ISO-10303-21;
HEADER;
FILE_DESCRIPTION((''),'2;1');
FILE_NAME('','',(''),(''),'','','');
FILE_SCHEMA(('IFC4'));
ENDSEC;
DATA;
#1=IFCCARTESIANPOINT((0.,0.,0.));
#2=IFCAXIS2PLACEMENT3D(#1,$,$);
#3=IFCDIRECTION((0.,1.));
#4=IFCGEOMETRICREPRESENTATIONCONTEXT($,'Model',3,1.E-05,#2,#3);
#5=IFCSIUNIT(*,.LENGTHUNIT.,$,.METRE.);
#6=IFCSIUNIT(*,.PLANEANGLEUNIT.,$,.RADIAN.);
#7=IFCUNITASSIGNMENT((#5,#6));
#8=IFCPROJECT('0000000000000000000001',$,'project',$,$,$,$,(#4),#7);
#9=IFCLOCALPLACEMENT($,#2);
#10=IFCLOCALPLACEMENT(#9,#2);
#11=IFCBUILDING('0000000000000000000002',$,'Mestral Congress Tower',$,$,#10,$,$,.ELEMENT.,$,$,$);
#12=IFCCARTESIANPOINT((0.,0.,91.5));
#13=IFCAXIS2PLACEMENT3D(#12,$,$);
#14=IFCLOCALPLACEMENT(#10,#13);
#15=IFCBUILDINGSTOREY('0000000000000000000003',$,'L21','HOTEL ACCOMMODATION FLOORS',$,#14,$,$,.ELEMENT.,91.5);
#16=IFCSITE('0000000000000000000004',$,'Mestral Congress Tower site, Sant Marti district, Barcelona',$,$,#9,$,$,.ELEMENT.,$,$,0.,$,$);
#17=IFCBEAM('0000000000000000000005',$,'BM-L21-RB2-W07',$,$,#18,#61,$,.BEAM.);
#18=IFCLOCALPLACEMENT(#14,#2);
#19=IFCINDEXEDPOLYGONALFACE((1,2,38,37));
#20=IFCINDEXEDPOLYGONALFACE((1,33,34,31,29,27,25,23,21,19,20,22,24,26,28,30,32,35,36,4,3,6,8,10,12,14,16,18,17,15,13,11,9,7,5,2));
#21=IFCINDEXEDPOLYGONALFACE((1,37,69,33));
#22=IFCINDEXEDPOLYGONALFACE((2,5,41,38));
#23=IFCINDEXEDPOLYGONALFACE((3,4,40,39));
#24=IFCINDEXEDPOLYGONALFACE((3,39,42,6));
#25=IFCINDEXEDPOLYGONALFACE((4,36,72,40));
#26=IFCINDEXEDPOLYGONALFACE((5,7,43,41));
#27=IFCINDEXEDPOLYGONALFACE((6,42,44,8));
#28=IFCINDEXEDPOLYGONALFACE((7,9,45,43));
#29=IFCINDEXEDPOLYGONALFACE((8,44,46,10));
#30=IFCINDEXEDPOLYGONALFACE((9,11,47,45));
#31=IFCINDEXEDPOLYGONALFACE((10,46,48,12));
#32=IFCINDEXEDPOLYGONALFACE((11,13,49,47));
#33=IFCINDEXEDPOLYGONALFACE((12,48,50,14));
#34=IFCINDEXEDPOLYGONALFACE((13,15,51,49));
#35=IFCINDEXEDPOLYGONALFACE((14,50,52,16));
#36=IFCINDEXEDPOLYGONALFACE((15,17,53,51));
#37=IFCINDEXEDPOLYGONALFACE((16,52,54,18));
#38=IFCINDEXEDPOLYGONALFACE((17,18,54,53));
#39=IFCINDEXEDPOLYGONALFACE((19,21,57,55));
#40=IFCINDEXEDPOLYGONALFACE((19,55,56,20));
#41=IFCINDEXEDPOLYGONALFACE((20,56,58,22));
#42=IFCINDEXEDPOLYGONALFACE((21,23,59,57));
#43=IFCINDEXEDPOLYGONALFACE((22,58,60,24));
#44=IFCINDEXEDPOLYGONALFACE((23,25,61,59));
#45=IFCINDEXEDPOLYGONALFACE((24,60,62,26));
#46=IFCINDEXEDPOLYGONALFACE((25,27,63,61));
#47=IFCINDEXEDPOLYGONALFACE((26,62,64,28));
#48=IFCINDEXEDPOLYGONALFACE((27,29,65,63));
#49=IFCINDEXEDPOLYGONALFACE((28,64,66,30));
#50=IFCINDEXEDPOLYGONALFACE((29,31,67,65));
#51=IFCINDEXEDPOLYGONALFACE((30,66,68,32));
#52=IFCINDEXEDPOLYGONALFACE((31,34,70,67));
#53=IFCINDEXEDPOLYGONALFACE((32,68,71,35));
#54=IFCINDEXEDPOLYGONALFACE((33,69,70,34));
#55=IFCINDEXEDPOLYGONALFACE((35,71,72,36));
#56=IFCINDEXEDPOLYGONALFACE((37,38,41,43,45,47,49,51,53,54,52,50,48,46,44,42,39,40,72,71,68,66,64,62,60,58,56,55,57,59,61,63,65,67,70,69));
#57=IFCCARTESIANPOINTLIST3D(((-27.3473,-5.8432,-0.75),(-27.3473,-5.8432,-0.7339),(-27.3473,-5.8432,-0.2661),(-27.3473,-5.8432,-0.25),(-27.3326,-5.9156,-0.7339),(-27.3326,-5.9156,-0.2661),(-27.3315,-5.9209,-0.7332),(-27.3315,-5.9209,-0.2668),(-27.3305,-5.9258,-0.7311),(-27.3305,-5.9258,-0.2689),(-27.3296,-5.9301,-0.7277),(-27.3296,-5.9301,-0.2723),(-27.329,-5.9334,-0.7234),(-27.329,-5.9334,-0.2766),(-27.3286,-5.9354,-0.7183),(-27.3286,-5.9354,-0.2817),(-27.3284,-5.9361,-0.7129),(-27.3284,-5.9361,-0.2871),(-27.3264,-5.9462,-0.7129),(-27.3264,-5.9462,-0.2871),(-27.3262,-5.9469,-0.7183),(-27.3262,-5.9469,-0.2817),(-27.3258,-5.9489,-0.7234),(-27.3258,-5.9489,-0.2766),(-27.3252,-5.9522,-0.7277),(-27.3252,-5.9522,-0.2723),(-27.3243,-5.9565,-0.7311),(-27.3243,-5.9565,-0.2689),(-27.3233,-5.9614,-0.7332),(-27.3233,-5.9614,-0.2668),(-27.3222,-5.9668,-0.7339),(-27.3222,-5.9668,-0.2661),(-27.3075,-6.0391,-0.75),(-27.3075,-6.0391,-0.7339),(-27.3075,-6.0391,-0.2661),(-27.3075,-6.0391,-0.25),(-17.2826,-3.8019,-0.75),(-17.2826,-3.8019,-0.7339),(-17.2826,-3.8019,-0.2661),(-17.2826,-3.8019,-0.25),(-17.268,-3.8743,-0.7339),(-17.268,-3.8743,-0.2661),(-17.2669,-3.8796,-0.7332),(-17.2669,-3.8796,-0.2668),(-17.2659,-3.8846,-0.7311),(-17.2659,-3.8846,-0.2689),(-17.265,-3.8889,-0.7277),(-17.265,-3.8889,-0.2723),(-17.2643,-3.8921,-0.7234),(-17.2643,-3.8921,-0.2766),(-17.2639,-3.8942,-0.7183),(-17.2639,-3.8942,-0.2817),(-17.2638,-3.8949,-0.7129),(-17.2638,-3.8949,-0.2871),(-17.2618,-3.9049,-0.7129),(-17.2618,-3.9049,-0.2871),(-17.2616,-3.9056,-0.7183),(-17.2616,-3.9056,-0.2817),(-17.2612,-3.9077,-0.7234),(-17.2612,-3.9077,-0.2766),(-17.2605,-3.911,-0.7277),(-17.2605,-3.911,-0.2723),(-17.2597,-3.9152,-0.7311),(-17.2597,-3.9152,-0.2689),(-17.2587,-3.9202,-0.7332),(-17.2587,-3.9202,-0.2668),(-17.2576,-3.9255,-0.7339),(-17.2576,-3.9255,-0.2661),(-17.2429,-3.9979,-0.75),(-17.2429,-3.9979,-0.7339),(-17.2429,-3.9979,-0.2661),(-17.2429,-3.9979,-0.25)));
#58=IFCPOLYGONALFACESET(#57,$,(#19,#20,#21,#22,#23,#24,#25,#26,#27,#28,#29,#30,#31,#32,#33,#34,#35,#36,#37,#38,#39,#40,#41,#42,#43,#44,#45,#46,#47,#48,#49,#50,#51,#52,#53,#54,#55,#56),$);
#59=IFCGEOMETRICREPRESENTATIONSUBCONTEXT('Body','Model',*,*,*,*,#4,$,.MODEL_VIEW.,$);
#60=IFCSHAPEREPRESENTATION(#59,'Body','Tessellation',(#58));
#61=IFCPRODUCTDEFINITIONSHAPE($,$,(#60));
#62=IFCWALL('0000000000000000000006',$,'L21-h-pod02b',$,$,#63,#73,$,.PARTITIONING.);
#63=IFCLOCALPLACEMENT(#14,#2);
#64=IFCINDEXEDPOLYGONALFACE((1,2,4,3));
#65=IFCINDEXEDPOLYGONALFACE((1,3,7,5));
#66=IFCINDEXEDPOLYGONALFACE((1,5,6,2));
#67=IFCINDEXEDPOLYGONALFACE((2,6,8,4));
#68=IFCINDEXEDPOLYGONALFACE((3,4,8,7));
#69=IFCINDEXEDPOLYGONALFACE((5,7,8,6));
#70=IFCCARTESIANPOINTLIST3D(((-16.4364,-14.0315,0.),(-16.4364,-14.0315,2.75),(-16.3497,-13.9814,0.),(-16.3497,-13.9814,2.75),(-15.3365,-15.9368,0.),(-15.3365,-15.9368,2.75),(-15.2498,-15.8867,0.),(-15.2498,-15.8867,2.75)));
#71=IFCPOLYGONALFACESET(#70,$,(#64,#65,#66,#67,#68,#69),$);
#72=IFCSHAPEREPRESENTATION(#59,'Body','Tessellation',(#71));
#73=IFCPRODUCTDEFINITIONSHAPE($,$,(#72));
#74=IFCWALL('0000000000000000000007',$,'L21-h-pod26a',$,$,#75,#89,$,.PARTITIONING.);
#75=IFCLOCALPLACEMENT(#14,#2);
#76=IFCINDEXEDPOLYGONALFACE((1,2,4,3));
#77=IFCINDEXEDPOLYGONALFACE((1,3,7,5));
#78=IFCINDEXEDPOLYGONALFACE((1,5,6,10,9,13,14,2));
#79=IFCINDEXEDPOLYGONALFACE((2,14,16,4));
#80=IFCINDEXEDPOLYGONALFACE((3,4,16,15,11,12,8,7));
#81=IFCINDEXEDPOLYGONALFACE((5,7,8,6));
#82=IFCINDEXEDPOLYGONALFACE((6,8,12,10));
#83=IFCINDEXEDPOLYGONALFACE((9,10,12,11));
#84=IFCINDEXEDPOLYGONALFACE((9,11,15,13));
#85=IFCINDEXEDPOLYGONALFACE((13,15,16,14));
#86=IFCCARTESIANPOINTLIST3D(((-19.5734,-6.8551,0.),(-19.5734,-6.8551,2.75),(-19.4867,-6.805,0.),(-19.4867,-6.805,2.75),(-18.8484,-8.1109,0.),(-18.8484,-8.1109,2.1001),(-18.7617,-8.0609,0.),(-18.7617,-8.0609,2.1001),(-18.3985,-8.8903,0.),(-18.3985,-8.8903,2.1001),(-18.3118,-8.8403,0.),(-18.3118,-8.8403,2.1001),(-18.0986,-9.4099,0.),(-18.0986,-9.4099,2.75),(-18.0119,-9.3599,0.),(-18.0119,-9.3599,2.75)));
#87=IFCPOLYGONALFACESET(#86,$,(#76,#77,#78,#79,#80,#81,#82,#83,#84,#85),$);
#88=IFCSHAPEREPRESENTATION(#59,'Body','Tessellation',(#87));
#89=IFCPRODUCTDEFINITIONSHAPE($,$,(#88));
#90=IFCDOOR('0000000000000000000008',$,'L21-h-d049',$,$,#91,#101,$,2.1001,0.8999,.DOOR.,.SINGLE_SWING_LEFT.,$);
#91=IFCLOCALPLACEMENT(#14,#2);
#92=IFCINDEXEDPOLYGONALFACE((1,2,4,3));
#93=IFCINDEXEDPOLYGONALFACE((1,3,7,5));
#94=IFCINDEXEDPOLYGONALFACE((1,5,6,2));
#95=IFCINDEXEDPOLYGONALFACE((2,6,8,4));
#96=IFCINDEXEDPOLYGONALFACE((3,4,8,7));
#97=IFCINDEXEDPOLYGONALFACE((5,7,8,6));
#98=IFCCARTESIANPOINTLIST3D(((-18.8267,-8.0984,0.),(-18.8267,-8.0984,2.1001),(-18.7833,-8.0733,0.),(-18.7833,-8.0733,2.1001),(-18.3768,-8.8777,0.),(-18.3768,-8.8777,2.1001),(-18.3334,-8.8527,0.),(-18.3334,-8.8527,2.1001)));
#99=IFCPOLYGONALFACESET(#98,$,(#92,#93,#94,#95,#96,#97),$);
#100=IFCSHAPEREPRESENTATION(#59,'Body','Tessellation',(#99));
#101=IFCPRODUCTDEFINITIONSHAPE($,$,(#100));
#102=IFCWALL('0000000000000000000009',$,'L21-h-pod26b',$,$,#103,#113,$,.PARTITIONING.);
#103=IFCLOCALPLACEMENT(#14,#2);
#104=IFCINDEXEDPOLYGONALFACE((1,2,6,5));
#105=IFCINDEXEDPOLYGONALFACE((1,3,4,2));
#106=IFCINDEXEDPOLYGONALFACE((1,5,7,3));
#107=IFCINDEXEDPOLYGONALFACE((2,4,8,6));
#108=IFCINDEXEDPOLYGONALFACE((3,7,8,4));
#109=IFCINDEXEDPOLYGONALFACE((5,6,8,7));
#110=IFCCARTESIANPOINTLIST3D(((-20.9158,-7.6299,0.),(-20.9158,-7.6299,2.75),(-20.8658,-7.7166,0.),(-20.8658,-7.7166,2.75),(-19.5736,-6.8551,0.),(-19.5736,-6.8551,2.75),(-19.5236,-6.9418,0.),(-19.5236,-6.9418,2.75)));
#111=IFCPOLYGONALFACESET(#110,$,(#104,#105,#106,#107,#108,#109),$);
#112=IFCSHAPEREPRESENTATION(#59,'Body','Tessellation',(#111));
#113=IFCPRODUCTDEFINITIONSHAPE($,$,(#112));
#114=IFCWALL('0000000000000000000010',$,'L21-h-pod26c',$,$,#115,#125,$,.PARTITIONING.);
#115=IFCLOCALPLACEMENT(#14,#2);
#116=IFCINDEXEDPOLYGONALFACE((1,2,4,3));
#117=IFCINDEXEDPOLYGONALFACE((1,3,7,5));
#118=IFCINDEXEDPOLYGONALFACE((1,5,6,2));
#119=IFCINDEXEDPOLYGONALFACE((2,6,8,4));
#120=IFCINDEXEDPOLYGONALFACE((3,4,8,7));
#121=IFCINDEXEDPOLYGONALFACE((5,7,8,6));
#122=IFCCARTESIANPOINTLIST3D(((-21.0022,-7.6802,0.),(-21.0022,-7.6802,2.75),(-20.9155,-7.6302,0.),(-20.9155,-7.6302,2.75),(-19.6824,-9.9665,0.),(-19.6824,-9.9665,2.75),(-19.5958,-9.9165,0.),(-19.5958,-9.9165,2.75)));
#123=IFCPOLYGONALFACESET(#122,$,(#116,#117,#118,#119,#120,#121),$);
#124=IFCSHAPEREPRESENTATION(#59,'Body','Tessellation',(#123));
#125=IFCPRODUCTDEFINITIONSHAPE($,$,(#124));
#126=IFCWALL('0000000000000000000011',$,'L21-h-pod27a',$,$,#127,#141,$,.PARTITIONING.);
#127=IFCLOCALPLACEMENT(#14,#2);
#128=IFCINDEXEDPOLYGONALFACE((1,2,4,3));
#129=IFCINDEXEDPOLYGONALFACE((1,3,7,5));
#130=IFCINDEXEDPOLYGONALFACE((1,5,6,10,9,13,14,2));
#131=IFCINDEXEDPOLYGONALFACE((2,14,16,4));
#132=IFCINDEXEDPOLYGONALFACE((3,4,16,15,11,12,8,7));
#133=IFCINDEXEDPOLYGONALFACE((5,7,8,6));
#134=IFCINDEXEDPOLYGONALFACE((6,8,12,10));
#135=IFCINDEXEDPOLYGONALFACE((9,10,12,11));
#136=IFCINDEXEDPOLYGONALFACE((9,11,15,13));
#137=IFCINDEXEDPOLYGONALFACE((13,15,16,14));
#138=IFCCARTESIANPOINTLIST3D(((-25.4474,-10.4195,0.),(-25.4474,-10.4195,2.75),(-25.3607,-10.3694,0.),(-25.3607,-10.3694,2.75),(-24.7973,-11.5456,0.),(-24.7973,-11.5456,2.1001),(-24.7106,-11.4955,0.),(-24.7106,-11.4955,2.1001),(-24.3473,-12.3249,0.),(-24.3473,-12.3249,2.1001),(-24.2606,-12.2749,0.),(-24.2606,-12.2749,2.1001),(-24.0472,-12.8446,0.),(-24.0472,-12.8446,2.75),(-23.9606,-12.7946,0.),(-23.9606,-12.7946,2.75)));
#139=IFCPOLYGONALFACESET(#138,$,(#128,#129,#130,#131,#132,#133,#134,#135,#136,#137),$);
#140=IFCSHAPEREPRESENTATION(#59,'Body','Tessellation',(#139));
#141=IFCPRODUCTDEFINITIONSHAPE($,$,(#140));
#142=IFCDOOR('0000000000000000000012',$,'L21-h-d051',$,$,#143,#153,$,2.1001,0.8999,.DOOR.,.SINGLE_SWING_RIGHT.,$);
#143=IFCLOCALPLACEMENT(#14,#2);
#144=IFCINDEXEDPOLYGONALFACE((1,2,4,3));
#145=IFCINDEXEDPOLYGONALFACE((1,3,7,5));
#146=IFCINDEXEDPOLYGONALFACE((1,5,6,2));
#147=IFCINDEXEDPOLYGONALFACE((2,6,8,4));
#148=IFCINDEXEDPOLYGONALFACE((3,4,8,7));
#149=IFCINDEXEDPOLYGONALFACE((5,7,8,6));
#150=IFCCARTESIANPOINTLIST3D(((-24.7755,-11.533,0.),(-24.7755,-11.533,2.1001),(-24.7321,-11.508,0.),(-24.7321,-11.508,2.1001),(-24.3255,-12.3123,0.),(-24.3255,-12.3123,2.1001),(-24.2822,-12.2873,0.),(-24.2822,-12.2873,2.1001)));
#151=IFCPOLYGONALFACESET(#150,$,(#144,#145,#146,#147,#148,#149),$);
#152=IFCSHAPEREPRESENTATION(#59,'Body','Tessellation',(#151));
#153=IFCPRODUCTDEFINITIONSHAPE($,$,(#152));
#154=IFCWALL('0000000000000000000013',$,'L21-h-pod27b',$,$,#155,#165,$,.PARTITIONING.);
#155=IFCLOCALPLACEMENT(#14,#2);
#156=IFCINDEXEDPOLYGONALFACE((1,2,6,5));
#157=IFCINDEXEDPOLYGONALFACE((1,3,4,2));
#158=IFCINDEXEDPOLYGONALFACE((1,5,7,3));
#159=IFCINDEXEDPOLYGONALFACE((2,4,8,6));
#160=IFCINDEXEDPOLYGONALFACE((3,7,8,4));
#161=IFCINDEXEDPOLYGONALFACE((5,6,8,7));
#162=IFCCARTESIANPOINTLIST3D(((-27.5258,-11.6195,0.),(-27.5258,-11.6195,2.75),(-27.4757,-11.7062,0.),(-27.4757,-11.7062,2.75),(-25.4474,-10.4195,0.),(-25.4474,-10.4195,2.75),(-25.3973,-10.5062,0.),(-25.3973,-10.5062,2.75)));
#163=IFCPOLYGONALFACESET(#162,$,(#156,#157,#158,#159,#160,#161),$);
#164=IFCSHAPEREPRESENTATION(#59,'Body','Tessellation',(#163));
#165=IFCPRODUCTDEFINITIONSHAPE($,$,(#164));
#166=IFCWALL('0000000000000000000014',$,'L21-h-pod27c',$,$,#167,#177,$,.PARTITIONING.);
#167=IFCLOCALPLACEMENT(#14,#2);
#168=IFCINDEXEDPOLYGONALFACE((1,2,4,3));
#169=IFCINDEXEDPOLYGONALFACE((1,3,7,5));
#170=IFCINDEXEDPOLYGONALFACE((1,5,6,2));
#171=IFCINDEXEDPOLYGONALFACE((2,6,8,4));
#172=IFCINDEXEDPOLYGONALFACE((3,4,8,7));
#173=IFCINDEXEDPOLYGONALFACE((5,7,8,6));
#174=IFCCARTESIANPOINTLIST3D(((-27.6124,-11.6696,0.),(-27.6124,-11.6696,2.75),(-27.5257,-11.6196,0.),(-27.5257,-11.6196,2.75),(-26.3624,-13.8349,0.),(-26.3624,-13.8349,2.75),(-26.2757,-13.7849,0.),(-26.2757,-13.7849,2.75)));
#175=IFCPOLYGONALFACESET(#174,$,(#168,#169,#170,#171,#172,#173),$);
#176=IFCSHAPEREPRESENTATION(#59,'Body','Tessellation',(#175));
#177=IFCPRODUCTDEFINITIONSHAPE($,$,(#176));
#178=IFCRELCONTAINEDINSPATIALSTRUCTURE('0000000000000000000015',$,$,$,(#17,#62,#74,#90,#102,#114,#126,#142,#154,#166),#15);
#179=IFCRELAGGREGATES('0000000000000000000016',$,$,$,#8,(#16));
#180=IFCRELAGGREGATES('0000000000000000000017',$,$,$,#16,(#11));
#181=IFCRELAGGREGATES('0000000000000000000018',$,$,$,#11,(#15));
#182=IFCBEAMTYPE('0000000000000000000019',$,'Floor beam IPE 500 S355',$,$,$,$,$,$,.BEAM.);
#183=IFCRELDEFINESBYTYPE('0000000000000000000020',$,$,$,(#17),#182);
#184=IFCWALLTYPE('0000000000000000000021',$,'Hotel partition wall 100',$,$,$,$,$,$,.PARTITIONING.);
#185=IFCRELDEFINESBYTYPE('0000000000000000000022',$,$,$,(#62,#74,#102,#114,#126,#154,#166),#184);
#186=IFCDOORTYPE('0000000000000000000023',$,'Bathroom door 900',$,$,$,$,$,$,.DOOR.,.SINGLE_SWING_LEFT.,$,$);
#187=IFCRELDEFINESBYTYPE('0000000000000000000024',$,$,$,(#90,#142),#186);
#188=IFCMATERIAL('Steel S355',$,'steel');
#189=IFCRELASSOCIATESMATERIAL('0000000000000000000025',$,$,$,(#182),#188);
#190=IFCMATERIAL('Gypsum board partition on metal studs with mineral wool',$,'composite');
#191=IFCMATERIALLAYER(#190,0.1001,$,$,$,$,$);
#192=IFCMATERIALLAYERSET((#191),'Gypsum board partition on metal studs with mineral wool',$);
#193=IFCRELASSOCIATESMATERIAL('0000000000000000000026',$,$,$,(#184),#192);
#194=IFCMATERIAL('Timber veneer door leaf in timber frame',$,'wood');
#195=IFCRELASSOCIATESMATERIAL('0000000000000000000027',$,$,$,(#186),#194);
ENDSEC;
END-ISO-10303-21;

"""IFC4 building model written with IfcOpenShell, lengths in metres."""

from ifc_helpers import new_model, si_unit, direction, frame, frame_2d, origin, origin_2d, place, context, subcontext, project, spatial, rectangle, i_section, extrude, material, layer, layer_set, material_profile, profile_set, type_object, element, fill, save


model = new_model("IFC4")

# Units and contexts
model_context = context("Model", 3, precision=1e-05, world=origin(), true_north=direction((0.0, 1.0)))
body_context = subcontext(model_context, "Body", "Model", "MODEL_VIEW")
ifc_project = project(units=[si_unit("LENGTHUNIT", "METRE"), si_unit("PLANEANGLEUNIT", "RADIAN")], contexts=[model_context])

# Site, building, storey
site_placement = place(None, origin())
site = spatial("IfcSite", under=ifc_project, at=site_placement, Name="Mestral Congress Tower site, Sant Marti district, Barcelona", CompositionType="ELEMENT", RefElevation=0.0)
building_placement = place(site_placement, origin())
building = spatial("IfcBuilding", under=site, at=building_placement, Name="Mestral Congress Tower", CompositionType="ELEMENT")
storey_placement = place(building_placement, frame((0.0, 0.0, 91.5)))
storey = spatial("IfcBuildingStorey", under=building, at=storey_placement, Name="L21", Description="HOTEL ACCOMMODATION FLOORS", CompositionType="ELEMENT", Elevation=91.5)

# Beam
ifc_material_1 = material(Name="Steel S355", Category="steel")
ifc_material_profile = material_profile(ifc_material_1, i_section(OverallWidth=0.2, OverallDepth=0.5, WebThickness=0.0103, FlangeThickness=0.0161, FilletRadius=0.021, at=origin_2d()), Name="IPE 500")
ifc_profile_set = profile_set([ifc_material_profile], Name="Steel S355")
beam_type = type_object("IfcBeamType", Name="Floor beam IPE 500 S355", PredefinedType="BEAM", material=ifc_profile_set)
beam_placement = place(storey_placement, frame((-27.3274, -5.9412, -0.5), z_axis=(0.980047, 0.198767, 0.0), x_axis=(-0.198767, 0.980047, 0.0)))
element("IfcBeam", 1, at=beam_placement, inside=storey, type_object=beam_type, Name="BM-L21-RB2-W07", PredefinedType="BEAM", context=body_context, shape_type="SweptSolid", body=[
    extrude(i_section(OverallWidth=0.2, OverallDepth=0.5, WebThickness=0.0103, FlangeThickness=0.0161, FilletRadius=0.021, at=origin_2d()), origin(), (0.0, 0.0, 1.0), 10.2695),
])

# Wall
ifc_material_2 = material(Name="Gypsum board partition on metal studs with mineral wool", Category="composite")
ifc_layer_1 = layer(ifc_material_2, 0.1001)
ifc_layer_set_1 = layer_set([ifc_layer_1], Name="Gypsum board partition on metal studs with mineral wool")
wall_type_1 = type_object("IfcWallType", Name="Hotel partition wall 100", PredefinedType="PARTITIONING", material=ifc_layer_set_1)
wall_1_placement = place(storey_placement, frame((-16.3931, -14.0063, 0.0), z_axis=(0.0, 0.0, 1.0), x_axis=(0.499947, -0.866056, 0.0)))
element("IfcWall", 2, at=wall_1_placement, inside=storey, type_object=wall_type_1, Name="L21-h-pod02b", PredefinedType="PARTITIONING", context=body_context, shape_type="SweptSolid", body=[
    extrude(rectangle(XDim=2.2, YDim=0.1001, at=frame_2d((1.1001, 0.0))), origin(), (0.0, 0.0, 1.0), 2.75),
])

# Wall, opening, door
wall_2_placement = place(storey_placement, frame((-18.0552, -9.385, 0.0), z_axis=(0.0, 0.0, 1.0), x_axis=(-0.49994, 0.86606, 0.0)))
wall_2 = element("IfcWall", 3, at=wall_2_placement, inside=storey, type_object=wall_type_1, Name="L21-h-pod26a", PredefinedType="PARTITIONING", context=body_context, shape_type="SweptSolid", body=[
    extrude(rectangle(XDim=2.95, YDim=0.1001, at=frame_2d((1.4751, 0.0))), origin(), (0.0, 0.0, 1.0), 2.75),
])
opening_1_placement = place(wall_2_placement, frame((0.6001, 0.0, 0.0)))
opening_1 = element("IfcOpeningElement", 4, at=opening_1_placement, cuts=wall_2, PredefinedType="OPENING", context=body_context, shape_type="SweptSolid", body=[
    extrude(rectangle(XDim=0.8999, YDim=2.1001, at=frame_2d((0.45, 1.05))), frame((0.0, 0.0601, 0.0), z_axis=(0.0, -1.0, 0.0), x_axis=(1.0, 0.0, 0.0)), (0.0, 0.0, 1.0), 0.1201),
])
ifc_material_3 = material(Name="Timber veneer door leaf in timber frame", Category="wood")
door_type_1 = type_object("IfcDoorType", Name="Bathroom door 900", OperationType="SINGLE_SWING_LEFT", PredefinedType="DOOR", material=ifc_material_3)
door_1_placement = place(opening_1_placement, origin())
door_1 = element("IfcDoor", 5, at=door_1_placement, inside=storey, type_object=door_type_1, Name="L21-h-d049", OperationType="SINGLE_SWING_LEFT", OverallHeight=2.1001, OverallWidth=0.8999, PredefinedType="DOOR", context=body_context, shape_type="SweptSolid", body=[
    extrude(rectangle(XDim=0.8999, YDim=2.1001, at=frame_2d((0.45, 1.05))), frame((0.0, 0.0249, 0.0), z_axis=(0.0, -1.0, 0.0), x_axis=(1.0, 0.0, 0.0)), (0.0, 0.0, 1.0), 0.05),
])
fill(opening_1, door_1)

# Walls
wall_3_placement = place(storey_placement, frame((-19.5486, -6.8984, 0.0), z_axis=(0.0, 0.0, 1.0), x_axis=(-0.866044, -0.499968, 0.0)))
element("IfcWall", 6, at=wall_3_placement, inside=storey, type_object=wall_type_1, Name="L21-h-pod26b", PredefinedType="PARTITIONING", context=body_context, shape_type="SweptSolid", body=[
    extrude(rectangle(XDim=1.5498, YDim=0.1001, at=frame_2d((0.7749, 0.0))), origin(), (0.0, 0.0, 1.0), 2.75),
])
wall_4_placement = place(storey_placement, frame((-19.6392, -9.9414, 0.0), z_axis=(0.0, 0.0, 1.0), x_axis=(-0.499939, 0.866061, 0.0)))
element("IfcWall", 7, at=wall_4_placement, inside=storey, type_object=wall_type_1, Name="L21-h-pod26c", PredefinedType="PARTITIONING", context=body_context, shape_type="SweptSolid", body=[
    extrude(rectangle(XDim=2.6399, YDim=0.1001, at=frame_2d((1.3198, 0.0))), origin(), (0.0, 0.0, 1.0), 2.75),
])

# Wall, opening, door
wall_5_placement = place(storey_placement, frame((-24.0039, -12.8196, 0.0), z_axis=(0.0, 0.0, 1.0), x_axis=(-0.500012, 0.866019, 0.0)))
wall_5 = element("IfcWall", 8, at=wall_5_placement, inside=storey, type_object=wall_type_1, Name="L21-h-pod27a", PredefinedType="PARTITIONING", context=body_context, shape_type="SweptSolid", body=[
    extrude(rectangle(XDim=2.8003, YDim=0.1001, at=frame_2d((1.4001, 0.0))), origin(), (0.0, 0.0, 1.0), 2.75),
])
opening_2_placement = place(wall_5_placement, frame((0.6001, 0.0, 0.0)))
opening_2 = element("IfcOpeningElement", 9, at=opening_2_placement, cuts=wall_5, PredefinedType="OPENING", context=body_context, shape_type="SweptSolid", body=[
    extrude(rectangle(XDim=0.8999, YDim=2.1001, at=frame_2d((0.45, 1.05))), frame((0.0, 0.0601, 0.0), z_axis=(0.0, -1.0, 0.0), x_axis=(1.0, 0.0, 0.0)), (0.0, 0.0, 1.0), 0.1201),
])
door_2_placement = place(opening_2_placement, origin())
door_2 = element("IfcDoor", 10, at=door_2_placement, inside=storey, type_object=door_type_1, Name="L21-h-d051", OperationType="SINGLE_SWING_RIGHT", OverallHeight=2.1001, OverallWidth=0.8999, PredefinedType="DOOR", context=body_context, shape_type="SweptSolid", body=[
    extrude(rectangle(XDim=0.8999, YDim=2.1001, at=frame_2d((0.45, 1.05))), frame((0.0, 0.0249, 0.0), z_axis=(0.0, -1.0, 0.0), x_axis=(1.0, 0.0, 0.0)), (0.0, 0.0, 1.0), 0.05),
])
fill(opening_2, door_2)

# Walls
wall_6_placement = place(storey_placement, frame((-25.4224, -10.4629, 0.0), z_axis=(0.0, 0.0, 1.0), x_axis=(-0.866025, -0.500001, 0.0)))
element("IfcWall", 11, at=wall_6_placement, inside=storey, type_object=wall_type_1, Name="L21-h-pod27b", PredefinedType="PARTITIONING", context=body_context, shape_type="SweptSolid", body=[
    extrude(rectangle(XDim=2.3999, YDim=0.1001, at=frame_2d((1.2, 0.0))), origin(), (0.0, 0.0, 1.0), 2.75),
])
wall_7_placement = place(storey_placement, frame((-26.3191, -13.8098, 0.0), z_axis=(0.0, 0.0, 1.0), x_axis=(-0.499962, 0.866047, 0.0)))
element("IfcWall", 12, at=wall_7_placement, inside=storey, type_object=wall_type_1, Name="L21-h-pod27c", PredefinedType="PARTITIONING", context=body_context, shape_type="SweptSolid", body=[
    extrude(rectangle(XDim=2.5002, YDim=0.1001, at=frame_2d((1.25, 0.0))), origin(), (0.0, 0.0, 1.0), 2.75),
])

save(model, "model.ifc")
